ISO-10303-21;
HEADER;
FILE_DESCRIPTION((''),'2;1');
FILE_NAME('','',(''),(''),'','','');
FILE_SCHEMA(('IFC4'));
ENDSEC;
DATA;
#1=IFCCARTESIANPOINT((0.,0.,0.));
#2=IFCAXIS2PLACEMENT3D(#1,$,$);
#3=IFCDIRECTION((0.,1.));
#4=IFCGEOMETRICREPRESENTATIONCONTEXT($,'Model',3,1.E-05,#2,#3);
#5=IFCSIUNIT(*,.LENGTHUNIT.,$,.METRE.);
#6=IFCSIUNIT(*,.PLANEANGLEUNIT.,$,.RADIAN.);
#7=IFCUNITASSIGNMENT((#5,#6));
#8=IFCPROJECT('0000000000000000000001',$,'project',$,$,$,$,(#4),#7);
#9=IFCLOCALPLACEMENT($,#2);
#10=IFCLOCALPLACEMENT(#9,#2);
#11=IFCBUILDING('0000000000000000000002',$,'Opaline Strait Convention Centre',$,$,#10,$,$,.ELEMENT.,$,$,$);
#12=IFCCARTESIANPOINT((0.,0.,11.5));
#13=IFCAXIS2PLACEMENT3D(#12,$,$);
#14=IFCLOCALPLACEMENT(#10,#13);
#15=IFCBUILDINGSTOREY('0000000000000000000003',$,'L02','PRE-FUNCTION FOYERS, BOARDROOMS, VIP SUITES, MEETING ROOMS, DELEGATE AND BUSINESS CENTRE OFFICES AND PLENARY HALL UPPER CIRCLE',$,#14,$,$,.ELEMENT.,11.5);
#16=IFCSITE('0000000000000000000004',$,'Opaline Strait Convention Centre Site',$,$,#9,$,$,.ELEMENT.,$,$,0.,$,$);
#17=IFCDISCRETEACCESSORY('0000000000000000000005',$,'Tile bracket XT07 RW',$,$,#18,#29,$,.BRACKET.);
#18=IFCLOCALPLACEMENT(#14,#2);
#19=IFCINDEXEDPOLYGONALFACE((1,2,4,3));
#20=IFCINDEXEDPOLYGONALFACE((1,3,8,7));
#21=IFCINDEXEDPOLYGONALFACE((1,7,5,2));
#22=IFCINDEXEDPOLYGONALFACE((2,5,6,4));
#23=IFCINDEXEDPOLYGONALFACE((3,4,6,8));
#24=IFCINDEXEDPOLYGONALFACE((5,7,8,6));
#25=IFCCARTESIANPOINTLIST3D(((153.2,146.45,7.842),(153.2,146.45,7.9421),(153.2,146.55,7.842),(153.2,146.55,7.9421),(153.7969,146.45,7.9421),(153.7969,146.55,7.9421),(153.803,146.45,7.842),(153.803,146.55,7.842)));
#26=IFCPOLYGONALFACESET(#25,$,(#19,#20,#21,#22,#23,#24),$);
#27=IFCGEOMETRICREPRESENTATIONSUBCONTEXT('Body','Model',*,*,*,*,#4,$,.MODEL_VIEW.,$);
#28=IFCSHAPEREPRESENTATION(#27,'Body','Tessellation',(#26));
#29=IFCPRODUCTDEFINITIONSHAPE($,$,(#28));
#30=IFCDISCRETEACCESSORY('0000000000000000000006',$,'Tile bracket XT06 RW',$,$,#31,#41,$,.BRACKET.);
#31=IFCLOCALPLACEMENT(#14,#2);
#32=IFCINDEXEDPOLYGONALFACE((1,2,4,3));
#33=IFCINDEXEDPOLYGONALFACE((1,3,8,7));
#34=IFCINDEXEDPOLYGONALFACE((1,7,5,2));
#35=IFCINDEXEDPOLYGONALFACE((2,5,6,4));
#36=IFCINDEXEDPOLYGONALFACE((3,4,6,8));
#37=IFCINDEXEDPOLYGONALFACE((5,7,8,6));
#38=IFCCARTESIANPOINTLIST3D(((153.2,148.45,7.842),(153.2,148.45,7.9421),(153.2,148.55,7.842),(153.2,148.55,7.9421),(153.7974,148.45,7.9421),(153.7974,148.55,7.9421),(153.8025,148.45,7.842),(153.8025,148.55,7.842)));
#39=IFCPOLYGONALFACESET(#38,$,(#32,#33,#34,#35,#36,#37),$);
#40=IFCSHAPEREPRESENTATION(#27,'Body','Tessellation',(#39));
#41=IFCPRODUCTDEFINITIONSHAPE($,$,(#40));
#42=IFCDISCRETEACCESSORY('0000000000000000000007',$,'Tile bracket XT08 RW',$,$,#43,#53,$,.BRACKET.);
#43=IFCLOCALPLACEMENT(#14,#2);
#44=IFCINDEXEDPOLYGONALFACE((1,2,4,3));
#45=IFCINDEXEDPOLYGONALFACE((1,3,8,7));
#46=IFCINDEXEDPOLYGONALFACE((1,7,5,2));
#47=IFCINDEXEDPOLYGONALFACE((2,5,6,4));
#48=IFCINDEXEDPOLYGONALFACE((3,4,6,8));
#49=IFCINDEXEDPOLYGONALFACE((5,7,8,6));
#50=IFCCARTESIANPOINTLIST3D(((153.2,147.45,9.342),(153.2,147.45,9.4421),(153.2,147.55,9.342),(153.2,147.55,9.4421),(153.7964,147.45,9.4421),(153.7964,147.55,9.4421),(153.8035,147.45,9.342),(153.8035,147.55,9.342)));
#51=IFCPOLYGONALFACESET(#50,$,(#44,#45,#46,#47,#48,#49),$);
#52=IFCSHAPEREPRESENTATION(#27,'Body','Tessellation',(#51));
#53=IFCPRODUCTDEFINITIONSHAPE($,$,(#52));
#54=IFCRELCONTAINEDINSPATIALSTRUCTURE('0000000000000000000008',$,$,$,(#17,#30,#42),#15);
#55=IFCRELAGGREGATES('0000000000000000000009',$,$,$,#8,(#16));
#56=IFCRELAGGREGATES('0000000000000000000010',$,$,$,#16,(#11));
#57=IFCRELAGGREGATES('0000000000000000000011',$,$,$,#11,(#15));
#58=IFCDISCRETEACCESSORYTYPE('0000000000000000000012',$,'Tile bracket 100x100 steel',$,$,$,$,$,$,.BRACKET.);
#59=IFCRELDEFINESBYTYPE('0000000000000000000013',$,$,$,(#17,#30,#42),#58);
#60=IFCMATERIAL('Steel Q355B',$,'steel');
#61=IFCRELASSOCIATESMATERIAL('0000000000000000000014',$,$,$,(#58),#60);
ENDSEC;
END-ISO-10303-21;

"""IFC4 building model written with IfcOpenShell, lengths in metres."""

from ifc_helpers import new_model, si_unit, direction, frame, origin, place, context, subcontext, project, spatial, polyline, outline, extrude, material, type_object, element, save


model = new_model("IFC4")

# Units and contexts
model_context = context("Model", 3, precision=1e-05, world=origin(), true_north=direction((0.0, 1.0)))
body_context = subcontext(model_context, "Body", "Model", "MODEL_VIEW")
ifc_project = project(units=[si_unit("LENGTHUNIT", "METRE"), si_unit("PLANEANGLEUNIT", "RADIAN")], contexts=[model_context])

# Site, building, storey
site_placement = place(None, origin())
site = spatial("IfcSite", under=ifc_project, at=site_placement, Name="Opaline Strait Convention Centre Site", CompositionType="ELEMENT", RefElevation=0.0)
building_placement = place(site_placement, origin())
building = spatial("IfcBuilding", under=site, at=building_placement, Name="Opaline Strait Convention Centre", CompositionType="ELEMENT")
storey_placement = place(building_placement, frame((0.0, 0.0, 11.5)))
storey = spatial("IfcBuildingStorey", under=building, at=storey_placement, Name="L02", Description="PRE-FUNCTION FOYERS, BOARDROOMS, VIP SUITES, MEETING ROOMS, DELEGATE AND BUSINESS CENTRE OFFICES AND PLENARY HALL UPPER CIRCLE", CompositionType="ELEMENT", Elevation=11.5)

# Shared definitions
ifc_material_1 = material(Name="Steel Q355B", Category="steel")

# Discrete accessories
discrete_accessory_type = type_object("IfcDiscreteAccessoryType", Name="Tile bracket 100x100 steel", PredefinedType="BRACKET", material=ifc_material_1)
discrete_accessory_1_placement = place(storey_placement, frame((153.2, 146.45, 7.8921), z_axis=(0.0, 1.0, 0.0), x_axis=(-1.0, 0.0, 0.0)))
element("IfcDiscreteAccessory", 1, at=discrete_accessory_1_placement, inside=storey, type_object=discrete_accessory_type, Name="Tile bracket XT07 RW", PredefinedType="BRACKET", context=body_context, shape_type="SweptSolid", body=[
    extrude(outline(polyline([(0.0, -0.05), (0.0, 0.05), (-0.5969, 0.05), (-0.603, -0.05), (0.0, -0.05)])), origin(), (0.0, 0.0, 1.0), 0.1001),
])
discrete_accessory_2_placement = place(storey_placement, frame((153.2, 148.45, 7.8921), z_axis=(0.0, 1.0, 0.0), x_axis=(-1.0, 0.0, 0.0)))
element("IfcDiscreteAccessory", 2, at=discrete_accessory_2_placement, inside=storey, type_object=discrete_accessory_type, Name="Tile bracket XT06 RW", PredefinedType="BRACKET", context=body_context, shape_type="SweptSolid", body=[
    extrude(outline(polyline([(0.0, -0.05), (0.0, 0.05), (-0.5974, 0.05), (-0.6025, -0.05), (0.0, -0.05)])), origin(), (0.0, 0.0, 1.0), 0.1001),
])
discrete_accessory_3_placement = place(storey_placement, frame((153.2, 147.45, 9.3921), z_axis=(0.0, 1.0, 0.0), x_axis=(-1.0, 0.0, 0.0)))
element("IfcDiscreteAccessory", 3, at=discrete_accessory_3_placement, inside=storey, type_object=discrete_accessory_type, Name="Tile bracket XT08 RW", PredefinedType="BRACKET", context=body_context, shape_type="SweptSolid", body=[
    extrude(outline(polyline([(0.0, -0.05), (0.0, 0.05), (-0.5964, 0.05), (-0.6035, -0.05), (0.0, -0.05)])), origin(), (0.0, 0.0, 1.0), 0.1001),
])

save(model, "model.ifc")
